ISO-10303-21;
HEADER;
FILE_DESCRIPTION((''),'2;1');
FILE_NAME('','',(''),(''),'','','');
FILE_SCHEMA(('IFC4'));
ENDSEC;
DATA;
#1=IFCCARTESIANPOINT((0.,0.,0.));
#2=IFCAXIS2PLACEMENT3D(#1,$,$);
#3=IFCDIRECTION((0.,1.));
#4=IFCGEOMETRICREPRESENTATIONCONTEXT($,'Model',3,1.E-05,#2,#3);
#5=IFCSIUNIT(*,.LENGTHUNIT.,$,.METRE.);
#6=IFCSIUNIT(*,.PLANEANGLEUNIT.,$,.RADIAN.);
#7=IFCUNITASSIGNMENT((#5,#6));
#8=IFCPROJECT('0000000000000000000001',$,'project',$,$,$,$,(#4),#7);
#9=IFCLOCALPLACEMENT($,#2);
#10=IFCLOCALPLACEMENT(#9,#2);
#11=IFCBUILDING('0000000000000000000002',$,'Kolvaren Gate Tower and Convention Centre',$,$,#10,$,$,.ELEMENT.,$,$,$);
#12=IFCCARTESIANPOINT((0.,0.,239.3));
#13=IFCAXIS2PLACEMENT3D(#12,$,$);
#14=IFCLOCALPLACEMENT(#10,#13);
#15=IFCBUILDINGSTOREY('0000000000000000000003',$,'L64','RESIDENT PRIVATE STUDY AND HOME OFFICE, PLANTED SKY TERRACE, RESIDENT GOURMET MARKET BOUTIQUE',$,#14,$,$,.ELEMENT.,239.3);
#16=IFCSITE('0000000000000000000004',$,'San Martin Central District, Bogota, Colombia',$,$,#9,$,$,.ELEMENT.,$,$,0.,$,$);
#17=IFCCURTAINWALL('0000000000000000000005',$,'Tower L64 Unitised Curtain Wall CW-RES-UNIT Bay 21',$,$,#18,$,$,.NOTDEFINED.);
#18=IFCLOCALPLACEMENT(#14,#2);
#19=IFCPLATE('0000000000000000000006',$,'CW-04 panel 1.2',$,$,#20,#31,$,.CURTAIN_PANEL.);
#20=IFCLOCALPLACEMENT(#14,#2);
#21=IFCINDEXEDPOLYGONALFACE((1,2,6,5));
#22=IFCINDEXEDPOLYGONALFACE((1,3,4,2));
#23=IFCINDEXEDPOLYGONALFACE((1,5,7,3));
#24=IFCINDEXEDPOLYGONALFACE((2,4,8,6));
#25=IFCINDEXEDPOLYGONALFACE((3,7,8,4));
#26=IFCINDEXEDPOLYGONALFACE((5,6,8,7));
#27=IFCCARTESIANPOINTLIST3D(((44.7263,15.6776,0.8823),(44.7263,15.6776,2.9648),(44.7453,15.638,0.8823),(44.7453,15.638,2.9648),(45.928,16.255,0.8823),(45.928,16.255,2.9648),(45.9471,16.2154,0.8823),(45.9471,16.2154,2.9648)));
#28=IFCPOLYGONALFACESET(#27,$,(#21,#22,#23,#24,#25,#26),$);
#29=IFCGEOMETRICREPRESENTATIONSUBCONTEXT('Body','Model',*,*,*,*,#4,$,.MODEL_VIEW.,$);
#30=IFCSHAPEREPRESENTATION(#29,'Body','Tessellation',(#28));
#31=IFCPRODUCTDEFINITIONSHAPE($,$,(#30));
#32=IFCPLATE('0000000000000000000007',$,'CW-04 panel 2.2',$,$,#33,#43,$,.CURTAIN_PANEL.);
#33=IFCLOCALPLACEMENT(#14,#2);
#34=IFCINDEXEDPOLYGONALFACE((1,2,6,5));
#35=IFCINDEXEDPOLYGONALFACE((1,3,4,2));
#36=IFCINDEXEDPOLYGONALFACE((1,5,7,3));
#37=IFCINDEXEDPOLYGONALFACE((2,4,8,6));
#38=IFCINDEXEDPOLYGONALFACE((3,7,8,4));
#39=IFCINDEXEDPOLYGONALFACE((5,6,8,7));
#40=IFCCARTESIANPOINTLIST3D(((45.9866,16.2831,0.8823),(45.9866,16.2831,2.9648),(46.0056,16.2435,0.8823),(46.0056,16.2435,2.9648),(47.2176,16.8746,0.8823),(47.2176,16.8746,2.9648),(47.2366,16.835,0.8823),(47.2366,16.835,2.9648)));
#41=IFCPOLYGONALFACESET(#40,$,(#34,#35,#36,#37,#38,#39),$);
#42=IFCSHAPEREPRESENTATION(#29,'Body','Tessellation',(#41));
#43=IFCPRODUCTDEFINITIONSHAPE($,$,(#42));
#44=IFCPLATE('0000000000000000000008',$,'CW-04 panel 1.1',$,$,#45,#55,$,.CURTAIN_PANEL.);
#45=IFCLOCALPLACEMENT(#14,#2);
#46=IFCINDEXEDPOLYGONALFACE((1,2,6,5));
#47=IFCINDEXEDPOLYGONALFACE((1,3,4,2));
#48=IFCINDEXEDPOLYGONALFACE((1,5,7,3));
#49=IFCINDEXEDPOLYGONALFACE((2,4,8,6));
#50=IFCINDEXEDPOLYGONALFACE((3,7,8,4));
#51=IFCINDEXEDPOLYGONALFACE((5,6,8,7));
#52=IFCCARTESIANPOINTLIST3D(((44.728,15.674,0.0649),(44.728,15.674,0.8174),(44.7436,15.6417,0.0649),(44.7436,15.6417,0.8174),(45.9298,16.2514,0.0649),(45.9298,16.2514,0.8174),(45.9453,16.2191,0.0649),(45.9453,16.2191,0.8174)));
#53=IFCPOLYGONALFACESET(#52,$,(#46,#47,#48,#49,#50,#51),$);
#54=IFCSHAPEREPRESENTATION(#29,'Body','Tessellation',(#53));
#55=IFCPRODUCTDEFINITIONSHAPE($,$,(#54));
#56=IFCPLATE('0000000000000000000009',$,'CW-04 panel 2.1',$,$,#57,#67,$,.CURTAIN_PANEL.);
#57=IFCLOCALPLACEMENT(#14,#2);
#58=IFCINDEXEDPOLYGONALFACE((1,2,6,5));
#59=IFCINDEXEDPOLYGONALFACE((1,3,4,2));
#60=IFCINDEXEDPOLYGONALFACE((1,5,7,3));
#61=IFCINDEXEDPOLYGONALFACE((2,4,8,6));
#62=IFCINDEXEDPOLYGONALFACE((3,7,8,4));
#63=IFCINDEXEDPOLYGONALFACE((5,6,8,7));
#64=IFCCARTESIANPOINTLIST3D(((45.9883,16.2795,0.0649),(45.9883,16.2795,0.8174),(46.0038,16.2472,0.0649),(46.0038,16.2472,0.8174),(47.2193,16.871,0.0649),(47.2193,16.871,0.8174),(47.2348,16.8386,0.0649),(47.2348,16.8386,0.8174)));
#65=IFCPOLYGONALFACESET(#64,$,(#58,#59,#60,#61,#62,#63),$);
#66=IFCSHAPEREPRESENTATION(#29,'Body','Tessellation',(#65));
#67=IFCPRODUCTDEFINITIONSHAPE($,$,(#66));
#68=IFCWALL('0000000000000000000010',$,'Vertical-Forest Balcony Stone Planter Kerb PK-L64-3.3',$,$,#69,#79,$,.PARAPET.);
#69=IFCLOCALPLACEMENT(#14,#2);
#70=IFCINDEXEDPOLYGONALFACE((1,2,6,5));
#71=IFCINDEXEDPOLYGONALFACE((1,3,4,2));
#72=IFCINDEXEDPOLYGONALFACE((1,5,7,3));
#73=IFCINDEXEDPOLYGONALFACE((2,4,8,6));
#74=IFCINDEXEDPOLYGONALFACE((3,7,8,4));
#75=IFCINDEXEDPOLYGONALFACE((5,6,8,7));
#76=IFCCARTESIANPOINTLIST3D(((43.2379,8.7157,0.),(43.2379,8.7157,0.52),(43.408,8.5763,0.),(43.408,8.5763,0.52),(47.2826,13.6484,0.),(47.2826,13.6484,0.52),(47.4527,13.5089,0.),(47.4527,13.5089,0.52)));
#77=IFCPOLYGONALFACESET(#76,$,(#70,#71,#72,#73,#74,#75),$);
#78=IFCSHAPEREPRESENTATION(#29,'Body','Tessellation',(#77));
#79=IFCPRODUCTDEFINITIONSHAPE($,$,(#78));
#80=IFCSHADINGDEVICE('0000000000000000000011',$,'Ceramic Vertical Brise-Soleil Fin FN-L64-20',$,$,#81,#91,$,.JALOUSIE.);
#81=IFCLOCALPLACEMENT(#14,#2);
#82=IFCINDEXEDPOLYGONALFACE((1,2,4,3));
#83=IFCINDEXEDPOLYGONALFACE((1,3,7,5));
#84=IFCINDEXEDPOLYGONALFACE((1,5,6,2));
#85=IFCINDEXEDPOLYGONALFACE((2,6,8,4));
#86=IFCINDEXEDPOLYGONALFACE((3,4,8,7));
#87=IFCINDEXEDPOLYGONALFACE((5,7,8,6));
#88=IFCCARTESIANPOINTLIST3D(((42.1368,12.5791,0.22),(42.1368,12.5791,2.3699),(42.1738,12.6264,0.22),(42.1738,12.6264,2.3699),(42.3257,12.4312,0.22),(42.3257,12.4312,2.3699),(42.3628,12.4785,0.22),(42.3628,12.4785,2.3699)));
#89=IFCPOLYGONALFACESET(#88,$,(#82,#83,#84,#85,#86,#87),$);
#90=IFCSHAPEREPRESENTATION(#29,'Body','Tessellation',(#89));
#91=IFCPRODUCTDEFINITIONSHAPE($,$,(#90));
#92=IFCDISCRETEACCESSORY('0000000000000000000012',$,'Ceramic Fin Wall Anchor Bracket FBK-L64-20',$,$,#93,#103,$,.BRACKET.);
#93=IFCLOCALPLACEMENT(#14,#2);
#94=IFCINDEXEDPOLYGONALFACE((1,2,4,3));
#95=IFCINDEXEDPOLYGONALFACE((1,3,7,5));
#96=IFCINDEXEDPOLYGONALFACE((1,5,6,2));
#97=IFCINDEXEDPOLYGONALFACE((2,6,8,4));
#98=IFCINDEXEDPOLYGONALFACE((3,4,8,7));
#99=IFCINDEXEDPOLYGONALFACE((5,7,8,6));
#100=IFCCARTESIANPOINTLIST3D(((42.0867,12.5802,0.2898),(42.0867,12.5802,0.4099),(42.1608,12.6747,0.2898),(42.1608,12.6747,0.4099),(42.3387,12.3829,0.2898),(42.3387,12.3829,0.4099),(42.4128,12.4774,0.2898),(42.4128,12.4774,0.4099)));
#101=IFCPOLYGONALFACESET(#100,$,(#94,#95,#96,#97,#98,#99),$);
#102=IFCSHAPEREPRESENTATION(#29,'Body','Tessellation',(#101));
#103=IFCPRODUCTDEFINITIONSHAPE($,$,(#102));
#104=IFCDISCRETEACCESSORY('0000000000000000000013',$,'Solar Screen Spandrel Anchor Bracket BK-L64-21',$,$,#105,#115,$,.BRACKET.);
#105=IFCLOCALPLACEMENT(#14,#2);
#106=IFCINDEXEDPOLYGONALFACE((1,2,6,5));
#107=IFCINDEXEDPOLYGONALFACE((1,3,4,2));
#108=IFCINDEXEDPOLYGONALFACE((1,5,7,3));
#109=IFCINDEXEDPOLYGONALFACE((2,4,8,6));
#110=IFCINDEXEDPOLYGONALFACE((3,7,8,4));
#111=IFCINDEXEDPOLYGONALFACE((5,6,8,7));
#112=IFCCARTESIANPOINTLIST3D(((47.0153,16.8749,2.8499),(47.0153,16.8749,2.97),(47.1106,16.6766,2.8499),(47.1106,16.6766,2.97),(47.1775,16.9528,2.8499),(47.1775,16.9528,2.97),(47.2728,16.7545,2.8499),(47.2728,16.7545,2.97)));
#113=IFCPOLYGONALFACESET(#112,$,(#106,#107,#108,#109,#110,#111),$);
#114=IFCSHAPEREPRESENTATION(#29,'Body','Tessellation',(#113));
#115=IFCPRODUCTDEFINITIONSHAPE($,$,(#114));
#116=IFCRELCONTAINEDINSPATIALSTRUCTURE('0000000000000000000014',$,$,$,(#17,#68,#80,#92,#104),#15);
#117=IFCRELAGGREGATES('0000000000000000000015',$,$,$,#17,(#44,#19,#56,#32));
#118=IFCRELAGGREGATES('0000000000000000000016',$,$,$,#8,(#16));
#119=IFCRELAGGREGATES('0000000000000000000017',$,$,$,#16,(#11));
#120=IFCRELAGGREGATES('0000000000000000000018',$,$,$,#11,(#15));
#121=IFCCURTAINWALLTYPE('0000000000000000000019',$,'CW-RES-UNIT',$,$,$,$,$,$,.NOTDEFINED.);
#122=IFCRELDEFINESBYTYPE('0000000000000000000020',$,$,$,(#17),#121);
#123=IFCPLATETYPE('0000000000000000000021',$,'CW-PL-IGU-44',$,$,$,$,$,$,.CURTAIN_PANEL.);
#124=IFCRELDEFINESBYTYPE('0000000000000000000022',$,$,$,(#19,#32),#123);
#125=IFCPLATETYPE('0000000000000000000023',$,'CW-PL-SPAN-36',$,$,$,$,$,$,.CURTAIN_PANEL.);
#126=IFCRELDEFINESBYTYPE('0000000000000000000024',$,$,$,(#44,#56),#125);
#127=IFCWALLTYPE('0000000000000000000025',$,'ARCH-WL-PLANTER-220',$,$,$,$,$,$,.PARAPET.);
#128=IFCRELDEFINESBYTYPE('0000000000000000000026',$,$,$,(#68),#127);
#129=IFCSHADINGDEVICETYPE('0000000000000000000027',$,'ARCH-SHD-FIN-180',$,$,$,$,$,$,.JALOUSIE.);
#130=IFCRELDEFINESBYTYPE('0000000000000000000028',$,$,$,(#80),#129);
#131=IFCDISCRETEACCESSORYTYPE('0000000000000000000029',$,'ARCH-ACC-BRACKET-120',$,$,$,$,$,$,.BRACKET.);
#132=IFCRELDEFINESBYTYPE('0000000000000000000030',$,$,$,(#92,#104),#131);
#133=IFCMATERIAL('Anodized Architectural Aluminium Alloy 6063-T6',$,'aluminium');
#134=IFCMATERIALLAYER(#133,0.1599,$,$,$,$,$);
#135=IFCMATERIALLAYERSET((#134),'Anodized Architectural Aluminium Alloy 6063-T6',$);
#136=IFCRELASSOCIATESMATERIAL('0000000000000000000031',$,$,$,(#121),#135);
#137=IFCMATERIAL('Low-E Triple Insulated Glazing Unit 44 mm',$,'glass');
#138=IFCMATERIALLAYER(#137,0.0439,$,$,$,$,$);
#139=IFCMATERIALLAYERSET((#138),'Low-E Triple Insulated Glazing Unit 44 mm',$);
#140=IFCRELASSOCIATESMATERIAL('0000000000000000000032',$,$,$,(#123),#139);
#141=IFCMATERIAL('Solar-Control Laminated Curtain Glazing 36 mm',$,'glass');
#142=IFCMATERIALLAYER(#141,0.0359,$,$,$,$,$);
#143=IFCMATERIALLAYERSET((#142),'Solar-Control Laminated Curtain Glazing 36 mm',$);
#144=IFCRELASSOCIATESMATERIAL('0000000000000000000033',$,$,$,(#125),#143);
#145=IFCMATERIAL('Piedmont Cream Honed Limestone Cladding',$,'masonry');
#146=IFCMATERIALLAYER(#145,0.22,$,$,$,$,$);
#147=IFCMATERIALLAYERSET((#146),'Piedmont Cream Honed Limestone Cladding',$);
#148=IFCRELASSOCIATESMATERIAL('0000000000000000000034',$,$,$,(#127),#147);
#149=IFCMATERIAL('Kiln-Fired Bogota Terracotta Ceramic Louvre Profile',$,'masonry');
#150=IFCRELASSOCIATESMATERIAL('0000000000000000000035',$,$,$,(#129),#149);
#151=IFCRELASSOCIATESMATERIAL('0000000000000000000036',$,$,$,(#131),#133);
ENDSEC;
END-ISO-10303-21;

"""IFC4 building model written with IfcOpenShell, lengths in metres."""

from ifc_helpers import new_model, si_unit, direction, frame, frame_2d, origin, origin_2d, place, context, subcontext, project, spatial, rectangle, extrude, material, layer, layer_set, type_object, element, aggregate, save


model = new_model("IFC4")

# Units and contexts
model_context = context("Model", 3, precision=1e-05, world=origin(), true_north=direction((0.0, 1.0)))
body_context = subcontext(model_context, "Body", "Model", "MODEL_VIEW")
ifc_project = project(units=[si_unit("LENGTHUNIT", "METRE"), si_unit("PLANEANGLEUNIT", "RADIAN")], contexts=[model_context])

# Site, building, storey
site_placement = place(None, origin())
site = spatial("IfcSite", under=ifc_project, at=site_placement, Name="San Martin Central District, Bogota, Colombia", CompositionType="ELEMENT", RefElevation=0.0)
building_placement = place(site_placement, origin())
building = spatial("IfcBuilding", under=site, at=building_placement, Name="Kolvaren Gate Tower and Convention Centre", CompositionType="ELEMENT")
storey_placement = place(building_placement, frame((0.0, 0.0, 239.3)))
storey = spatial("IfcBuildingStorey", under=building, at=storey_placement, Name="L64", Description="RESIDENT PRIVATE STUDY AND HOME OFFICE, PLANTED SKY TERRACE, RESIDENT GOURMET MARKET BOUTIQUE", CompositionType="ELEMENT", Elevation=239.3)

# Curtain wall
ifc_material_1 = material(Name="Anodized Architectural Aluminium Alloy 6063-T6", Category="aluminium")
ifc_layer_1 = layer(ifc_material_1, 0.1599)
ifc_layer_set_1 = layer_set([ifc_layer_1], Name="Anodized Architectural Aluminium Alloy 6063-T6")
curtain_wall_type = type_object("IfcCurtainWallType", Name="CW-RES-UNIT", PredefinedType="NOTDEFINED", material=ifc_layer_set_1)
curtain_wall_placement = place(storey_placement, origin())
curtain_wall = element("IfcCurtainWall", 1, at=curtain_wall_placement, inside=storey, type_object=curtain_wall_type, Name="Tower L64 Unitised Curtain Wall CW-RES-UNIT Bay 21", PredefinedType="NOTDEFINED")

# Plates
ifc_material_2 = material(Name="Low-E Triple Insulated Glazing Unit 44 mm", Category="glass")
ifc_layer_2 = layer(ifc_material_2, 0.0439)
ifc_layer_set_2 = layer_set([ifc_layer_2], Name="Low-E Triple Insulated Glazing Unit 44 mm")
plate_type_1 = type_object("IfcPlateType", Name="CW-PL-IGU-44", PredefinedType="CURTAIN_PANEL", material=ifc_layer_set_2)
plate_1_placement = place(storey_placement, frame((45.3367, 15.9465, 0.8823), z_axis=(0.0, 0.0, 1.0), x_axis=(0.901353, 0.433086, 0.0)))
plate_1 = element("IfcPlate", 2, at=plate_1_placement, type_object=plate_type_1, Name="CW-04 panel 1.2", PredefinedType="CURTAIN_PANEL", context=body_context, shape_type="SweptSolid", body=[
    extrude(rectangle(XDim=1.3333, YDim=0.0439, at=origin_2d()), origin(), (0.0, 0.0, 1.0), 2.0825),
])
plate_2_placement = place(storey_placement, frame((46.6116, 16.5591, 0.8823), z_axis=(0.0, 0.0, 1.0), x_axis=(0.901353, 0.433086, 0.0)))
plate_2 = element("IfcPlate", 3, at=plate_2_placement, type_object=plate_type_1, Name="CW-04 panel 2.2", PredefinedType="CURTAIN_PANEL", context=body_context, shape_type="SweptSolid", body=[
    extrude(rectangle(XDim=1.3657, YDim=0.0439, at=origin_2d()), origin(), (0.0, 0.0, 1.0), 2.0825),
])
ifc_material_3 = material(Name="Solar-Control Laminated Curtain Glazing 36 mm", Category="glass")
ifc_layer_3 = layer(ifc_material_3, 0.0359)
ifc_layer_set_3 = layer_set([ifc_layer_3], Name="Solar-Control Laminated Curtain Glazing 36 mm")
plate_type_2 = type_object("IfcPlateType", Name="CW-PL-SPAN-36", PredefinedType="CURTAIN_PANEL", material=ifc_layer_set_3)
plate_3_placement = place(storey_placement, frame((45.3367, 15.9465, 0.0649), z_axis=(0.0, 0.0, 1.0), x_axis=(0.901353, 0.433086, 0.0)))
plate_3 = element("IfcPlate", 4, at=plate_3_placement, type_object=plate_type_2, Name="CW-04 panel 1.1", PredefinedType="CURTAIN_PANEL", context=body_context, shape_type="SweptSolid", body=[
    extrude(rectangle(XDim=1.3333, YDim=0.0359, at=origin_2d()), origin(), (0.0, 0.0, 1.0), 0.7524),
])
plate_4_placement = place(storey_placement, frame((46.6116, 16.5591, 0.0649), z_axis=(0.0, 0.0, 1.0), x_axis=(0.901353, 0.433086, 0.0)))
plate_4 = element("IfcPlate", 5, at=plate_4_placement, type_object=plate_type_2, Name="CW-04 panel 2.1", PredefinedType="CURTAIN_PANEL", context=body_context, shape_type="SweptSolid", body=[
    extrude(rectangle(XDim=1.3657, YDim=0.0359, at=origin_2d()), origin(), (0.0, 0.0, 1.0), 0.7524),
])
aggregate(curtain_wall, [plate_3, plate_1, plate_4, plate_2])

# Wall
ifc_material_4 = material(Name="Piedmont Cream Honed Limestone Cladding", Category="masonry")
ifc_layer_4 = layer(ifc_material_4, 0.22)
ifc_layer_set_4 = layer_set([ifc_layer_4], Name="Piedmont Cream Honed Limestone Cladding")
wall_type = type_object("IfcWallType", Name="ARCH-WL-PLANTER-220", PredefinedType="PARAPET", material=ifc_layer_set_4)
wall_placement = place(storey_placement, frame((43.323, 8.646, 0.0), z_axis=(0.0, 0.0, 1.0), x_axis=(0.634073, 0.773273, 0.0)))
element("IfcWall", 6, at=wall_placement, inside=storey, type_object=wall_type, Name="Vertical-Forest Balcony Stone Planter Kerb PK-L64-3.3", PredefinedType="PARAPET", context=body_context, shape_type="SweptSolid", body=[
    extrude(rectangle(XDim=6.3789, YDim=0.22, at=frame_2d((3.1895, 0.0))), origin(), (0.0, 0.0, 1.0), 0.52),
])

# Shading device
ifc_material_5 = material(Name="Kiln-Fired Bogota Terracotta Ceramic Louvre Profile", Category="masonry")
shading_device_type = type_object("IfcShadingDeviceType", Name="ARCH-SHD-FIN-180", PredefinedType="JALOUSIE", material=ifc_material_5)
shading_device_placement = place(storey_placement, frame((42.2498, 12.5288, 0.22), z_axis=(0.0, 0.0, 1.0), x_axis=(0.616435, 0.787405, 0.0)))
element("IfcShadingDevice", 7, at=shading_device_placement, inside=storey, type_object=shading_device_type, Name="Ceramic Vertical Brise-Soleil Fin FN-L64-20", PredefinedType="JALOUSIE", context=body_context, shape_type="SweptSolid", body=[
    extrude(rectangle(XDim=0.0601, YDim=0.24, at=origin_2d()), origin(), (0.0, 0.0, 1.0), 2.1499),
])

# Discrete accessories
discrete_accessory_type = type_object("IfcDiscreteAccessoryType", Name="ARCH-ACC-BRACKET-120", PredefinedType="BRACKET", material=ifc_material_1)
discrete_accessory_1_placement = place(storey_placement, frame((42.2498, 12.5288, 0.2898), z_axis=(0.0, 0.0, 1.0), x_axis=(0.616435, 0.787405, 0.0)))
element("IfcDiscreteAccessory", 8, at=discrete_accessory_1_placement, inside=storey, type_object=discrete_accessory_type, Name="Ceramic Fin Wall Anchor Bracket FBK-L64-20", PredefinedType="BRACKET", context=body_context, shape_type="SweptSolid", body=[
    extrude(rectangle(XDim=0.1201, YDim=0.3201, at=origin_2d()), origin(), (0.0, 0.0, 1.0), 0.1201),
])
discrete_accessory_2_placement = place(storey_placement, frame((47.144, 16.8147, 2.8499), z_axis=(0.0, 0.0, 1.0), x_axis=(0.901358, 0.433076, 0.0)))
element("IfcDiscreteAccessory", 9, at=discrete_accessory_2_placement, inside=storey, type_object=discrete_accessory_type, Name="Solar Screen Spandrel Anchor Bracket BK-L64-21", PredefinedType="BRACKET", context=body_context, shape_type="SweptSolid", body=[
    extrude(rectangle(XDim=0.1799, YDim=0.22, at=origin_2d()), origin(), (0.0, 0.0, 1.0), 0.1201),
])

save(model, "model.ifc")
